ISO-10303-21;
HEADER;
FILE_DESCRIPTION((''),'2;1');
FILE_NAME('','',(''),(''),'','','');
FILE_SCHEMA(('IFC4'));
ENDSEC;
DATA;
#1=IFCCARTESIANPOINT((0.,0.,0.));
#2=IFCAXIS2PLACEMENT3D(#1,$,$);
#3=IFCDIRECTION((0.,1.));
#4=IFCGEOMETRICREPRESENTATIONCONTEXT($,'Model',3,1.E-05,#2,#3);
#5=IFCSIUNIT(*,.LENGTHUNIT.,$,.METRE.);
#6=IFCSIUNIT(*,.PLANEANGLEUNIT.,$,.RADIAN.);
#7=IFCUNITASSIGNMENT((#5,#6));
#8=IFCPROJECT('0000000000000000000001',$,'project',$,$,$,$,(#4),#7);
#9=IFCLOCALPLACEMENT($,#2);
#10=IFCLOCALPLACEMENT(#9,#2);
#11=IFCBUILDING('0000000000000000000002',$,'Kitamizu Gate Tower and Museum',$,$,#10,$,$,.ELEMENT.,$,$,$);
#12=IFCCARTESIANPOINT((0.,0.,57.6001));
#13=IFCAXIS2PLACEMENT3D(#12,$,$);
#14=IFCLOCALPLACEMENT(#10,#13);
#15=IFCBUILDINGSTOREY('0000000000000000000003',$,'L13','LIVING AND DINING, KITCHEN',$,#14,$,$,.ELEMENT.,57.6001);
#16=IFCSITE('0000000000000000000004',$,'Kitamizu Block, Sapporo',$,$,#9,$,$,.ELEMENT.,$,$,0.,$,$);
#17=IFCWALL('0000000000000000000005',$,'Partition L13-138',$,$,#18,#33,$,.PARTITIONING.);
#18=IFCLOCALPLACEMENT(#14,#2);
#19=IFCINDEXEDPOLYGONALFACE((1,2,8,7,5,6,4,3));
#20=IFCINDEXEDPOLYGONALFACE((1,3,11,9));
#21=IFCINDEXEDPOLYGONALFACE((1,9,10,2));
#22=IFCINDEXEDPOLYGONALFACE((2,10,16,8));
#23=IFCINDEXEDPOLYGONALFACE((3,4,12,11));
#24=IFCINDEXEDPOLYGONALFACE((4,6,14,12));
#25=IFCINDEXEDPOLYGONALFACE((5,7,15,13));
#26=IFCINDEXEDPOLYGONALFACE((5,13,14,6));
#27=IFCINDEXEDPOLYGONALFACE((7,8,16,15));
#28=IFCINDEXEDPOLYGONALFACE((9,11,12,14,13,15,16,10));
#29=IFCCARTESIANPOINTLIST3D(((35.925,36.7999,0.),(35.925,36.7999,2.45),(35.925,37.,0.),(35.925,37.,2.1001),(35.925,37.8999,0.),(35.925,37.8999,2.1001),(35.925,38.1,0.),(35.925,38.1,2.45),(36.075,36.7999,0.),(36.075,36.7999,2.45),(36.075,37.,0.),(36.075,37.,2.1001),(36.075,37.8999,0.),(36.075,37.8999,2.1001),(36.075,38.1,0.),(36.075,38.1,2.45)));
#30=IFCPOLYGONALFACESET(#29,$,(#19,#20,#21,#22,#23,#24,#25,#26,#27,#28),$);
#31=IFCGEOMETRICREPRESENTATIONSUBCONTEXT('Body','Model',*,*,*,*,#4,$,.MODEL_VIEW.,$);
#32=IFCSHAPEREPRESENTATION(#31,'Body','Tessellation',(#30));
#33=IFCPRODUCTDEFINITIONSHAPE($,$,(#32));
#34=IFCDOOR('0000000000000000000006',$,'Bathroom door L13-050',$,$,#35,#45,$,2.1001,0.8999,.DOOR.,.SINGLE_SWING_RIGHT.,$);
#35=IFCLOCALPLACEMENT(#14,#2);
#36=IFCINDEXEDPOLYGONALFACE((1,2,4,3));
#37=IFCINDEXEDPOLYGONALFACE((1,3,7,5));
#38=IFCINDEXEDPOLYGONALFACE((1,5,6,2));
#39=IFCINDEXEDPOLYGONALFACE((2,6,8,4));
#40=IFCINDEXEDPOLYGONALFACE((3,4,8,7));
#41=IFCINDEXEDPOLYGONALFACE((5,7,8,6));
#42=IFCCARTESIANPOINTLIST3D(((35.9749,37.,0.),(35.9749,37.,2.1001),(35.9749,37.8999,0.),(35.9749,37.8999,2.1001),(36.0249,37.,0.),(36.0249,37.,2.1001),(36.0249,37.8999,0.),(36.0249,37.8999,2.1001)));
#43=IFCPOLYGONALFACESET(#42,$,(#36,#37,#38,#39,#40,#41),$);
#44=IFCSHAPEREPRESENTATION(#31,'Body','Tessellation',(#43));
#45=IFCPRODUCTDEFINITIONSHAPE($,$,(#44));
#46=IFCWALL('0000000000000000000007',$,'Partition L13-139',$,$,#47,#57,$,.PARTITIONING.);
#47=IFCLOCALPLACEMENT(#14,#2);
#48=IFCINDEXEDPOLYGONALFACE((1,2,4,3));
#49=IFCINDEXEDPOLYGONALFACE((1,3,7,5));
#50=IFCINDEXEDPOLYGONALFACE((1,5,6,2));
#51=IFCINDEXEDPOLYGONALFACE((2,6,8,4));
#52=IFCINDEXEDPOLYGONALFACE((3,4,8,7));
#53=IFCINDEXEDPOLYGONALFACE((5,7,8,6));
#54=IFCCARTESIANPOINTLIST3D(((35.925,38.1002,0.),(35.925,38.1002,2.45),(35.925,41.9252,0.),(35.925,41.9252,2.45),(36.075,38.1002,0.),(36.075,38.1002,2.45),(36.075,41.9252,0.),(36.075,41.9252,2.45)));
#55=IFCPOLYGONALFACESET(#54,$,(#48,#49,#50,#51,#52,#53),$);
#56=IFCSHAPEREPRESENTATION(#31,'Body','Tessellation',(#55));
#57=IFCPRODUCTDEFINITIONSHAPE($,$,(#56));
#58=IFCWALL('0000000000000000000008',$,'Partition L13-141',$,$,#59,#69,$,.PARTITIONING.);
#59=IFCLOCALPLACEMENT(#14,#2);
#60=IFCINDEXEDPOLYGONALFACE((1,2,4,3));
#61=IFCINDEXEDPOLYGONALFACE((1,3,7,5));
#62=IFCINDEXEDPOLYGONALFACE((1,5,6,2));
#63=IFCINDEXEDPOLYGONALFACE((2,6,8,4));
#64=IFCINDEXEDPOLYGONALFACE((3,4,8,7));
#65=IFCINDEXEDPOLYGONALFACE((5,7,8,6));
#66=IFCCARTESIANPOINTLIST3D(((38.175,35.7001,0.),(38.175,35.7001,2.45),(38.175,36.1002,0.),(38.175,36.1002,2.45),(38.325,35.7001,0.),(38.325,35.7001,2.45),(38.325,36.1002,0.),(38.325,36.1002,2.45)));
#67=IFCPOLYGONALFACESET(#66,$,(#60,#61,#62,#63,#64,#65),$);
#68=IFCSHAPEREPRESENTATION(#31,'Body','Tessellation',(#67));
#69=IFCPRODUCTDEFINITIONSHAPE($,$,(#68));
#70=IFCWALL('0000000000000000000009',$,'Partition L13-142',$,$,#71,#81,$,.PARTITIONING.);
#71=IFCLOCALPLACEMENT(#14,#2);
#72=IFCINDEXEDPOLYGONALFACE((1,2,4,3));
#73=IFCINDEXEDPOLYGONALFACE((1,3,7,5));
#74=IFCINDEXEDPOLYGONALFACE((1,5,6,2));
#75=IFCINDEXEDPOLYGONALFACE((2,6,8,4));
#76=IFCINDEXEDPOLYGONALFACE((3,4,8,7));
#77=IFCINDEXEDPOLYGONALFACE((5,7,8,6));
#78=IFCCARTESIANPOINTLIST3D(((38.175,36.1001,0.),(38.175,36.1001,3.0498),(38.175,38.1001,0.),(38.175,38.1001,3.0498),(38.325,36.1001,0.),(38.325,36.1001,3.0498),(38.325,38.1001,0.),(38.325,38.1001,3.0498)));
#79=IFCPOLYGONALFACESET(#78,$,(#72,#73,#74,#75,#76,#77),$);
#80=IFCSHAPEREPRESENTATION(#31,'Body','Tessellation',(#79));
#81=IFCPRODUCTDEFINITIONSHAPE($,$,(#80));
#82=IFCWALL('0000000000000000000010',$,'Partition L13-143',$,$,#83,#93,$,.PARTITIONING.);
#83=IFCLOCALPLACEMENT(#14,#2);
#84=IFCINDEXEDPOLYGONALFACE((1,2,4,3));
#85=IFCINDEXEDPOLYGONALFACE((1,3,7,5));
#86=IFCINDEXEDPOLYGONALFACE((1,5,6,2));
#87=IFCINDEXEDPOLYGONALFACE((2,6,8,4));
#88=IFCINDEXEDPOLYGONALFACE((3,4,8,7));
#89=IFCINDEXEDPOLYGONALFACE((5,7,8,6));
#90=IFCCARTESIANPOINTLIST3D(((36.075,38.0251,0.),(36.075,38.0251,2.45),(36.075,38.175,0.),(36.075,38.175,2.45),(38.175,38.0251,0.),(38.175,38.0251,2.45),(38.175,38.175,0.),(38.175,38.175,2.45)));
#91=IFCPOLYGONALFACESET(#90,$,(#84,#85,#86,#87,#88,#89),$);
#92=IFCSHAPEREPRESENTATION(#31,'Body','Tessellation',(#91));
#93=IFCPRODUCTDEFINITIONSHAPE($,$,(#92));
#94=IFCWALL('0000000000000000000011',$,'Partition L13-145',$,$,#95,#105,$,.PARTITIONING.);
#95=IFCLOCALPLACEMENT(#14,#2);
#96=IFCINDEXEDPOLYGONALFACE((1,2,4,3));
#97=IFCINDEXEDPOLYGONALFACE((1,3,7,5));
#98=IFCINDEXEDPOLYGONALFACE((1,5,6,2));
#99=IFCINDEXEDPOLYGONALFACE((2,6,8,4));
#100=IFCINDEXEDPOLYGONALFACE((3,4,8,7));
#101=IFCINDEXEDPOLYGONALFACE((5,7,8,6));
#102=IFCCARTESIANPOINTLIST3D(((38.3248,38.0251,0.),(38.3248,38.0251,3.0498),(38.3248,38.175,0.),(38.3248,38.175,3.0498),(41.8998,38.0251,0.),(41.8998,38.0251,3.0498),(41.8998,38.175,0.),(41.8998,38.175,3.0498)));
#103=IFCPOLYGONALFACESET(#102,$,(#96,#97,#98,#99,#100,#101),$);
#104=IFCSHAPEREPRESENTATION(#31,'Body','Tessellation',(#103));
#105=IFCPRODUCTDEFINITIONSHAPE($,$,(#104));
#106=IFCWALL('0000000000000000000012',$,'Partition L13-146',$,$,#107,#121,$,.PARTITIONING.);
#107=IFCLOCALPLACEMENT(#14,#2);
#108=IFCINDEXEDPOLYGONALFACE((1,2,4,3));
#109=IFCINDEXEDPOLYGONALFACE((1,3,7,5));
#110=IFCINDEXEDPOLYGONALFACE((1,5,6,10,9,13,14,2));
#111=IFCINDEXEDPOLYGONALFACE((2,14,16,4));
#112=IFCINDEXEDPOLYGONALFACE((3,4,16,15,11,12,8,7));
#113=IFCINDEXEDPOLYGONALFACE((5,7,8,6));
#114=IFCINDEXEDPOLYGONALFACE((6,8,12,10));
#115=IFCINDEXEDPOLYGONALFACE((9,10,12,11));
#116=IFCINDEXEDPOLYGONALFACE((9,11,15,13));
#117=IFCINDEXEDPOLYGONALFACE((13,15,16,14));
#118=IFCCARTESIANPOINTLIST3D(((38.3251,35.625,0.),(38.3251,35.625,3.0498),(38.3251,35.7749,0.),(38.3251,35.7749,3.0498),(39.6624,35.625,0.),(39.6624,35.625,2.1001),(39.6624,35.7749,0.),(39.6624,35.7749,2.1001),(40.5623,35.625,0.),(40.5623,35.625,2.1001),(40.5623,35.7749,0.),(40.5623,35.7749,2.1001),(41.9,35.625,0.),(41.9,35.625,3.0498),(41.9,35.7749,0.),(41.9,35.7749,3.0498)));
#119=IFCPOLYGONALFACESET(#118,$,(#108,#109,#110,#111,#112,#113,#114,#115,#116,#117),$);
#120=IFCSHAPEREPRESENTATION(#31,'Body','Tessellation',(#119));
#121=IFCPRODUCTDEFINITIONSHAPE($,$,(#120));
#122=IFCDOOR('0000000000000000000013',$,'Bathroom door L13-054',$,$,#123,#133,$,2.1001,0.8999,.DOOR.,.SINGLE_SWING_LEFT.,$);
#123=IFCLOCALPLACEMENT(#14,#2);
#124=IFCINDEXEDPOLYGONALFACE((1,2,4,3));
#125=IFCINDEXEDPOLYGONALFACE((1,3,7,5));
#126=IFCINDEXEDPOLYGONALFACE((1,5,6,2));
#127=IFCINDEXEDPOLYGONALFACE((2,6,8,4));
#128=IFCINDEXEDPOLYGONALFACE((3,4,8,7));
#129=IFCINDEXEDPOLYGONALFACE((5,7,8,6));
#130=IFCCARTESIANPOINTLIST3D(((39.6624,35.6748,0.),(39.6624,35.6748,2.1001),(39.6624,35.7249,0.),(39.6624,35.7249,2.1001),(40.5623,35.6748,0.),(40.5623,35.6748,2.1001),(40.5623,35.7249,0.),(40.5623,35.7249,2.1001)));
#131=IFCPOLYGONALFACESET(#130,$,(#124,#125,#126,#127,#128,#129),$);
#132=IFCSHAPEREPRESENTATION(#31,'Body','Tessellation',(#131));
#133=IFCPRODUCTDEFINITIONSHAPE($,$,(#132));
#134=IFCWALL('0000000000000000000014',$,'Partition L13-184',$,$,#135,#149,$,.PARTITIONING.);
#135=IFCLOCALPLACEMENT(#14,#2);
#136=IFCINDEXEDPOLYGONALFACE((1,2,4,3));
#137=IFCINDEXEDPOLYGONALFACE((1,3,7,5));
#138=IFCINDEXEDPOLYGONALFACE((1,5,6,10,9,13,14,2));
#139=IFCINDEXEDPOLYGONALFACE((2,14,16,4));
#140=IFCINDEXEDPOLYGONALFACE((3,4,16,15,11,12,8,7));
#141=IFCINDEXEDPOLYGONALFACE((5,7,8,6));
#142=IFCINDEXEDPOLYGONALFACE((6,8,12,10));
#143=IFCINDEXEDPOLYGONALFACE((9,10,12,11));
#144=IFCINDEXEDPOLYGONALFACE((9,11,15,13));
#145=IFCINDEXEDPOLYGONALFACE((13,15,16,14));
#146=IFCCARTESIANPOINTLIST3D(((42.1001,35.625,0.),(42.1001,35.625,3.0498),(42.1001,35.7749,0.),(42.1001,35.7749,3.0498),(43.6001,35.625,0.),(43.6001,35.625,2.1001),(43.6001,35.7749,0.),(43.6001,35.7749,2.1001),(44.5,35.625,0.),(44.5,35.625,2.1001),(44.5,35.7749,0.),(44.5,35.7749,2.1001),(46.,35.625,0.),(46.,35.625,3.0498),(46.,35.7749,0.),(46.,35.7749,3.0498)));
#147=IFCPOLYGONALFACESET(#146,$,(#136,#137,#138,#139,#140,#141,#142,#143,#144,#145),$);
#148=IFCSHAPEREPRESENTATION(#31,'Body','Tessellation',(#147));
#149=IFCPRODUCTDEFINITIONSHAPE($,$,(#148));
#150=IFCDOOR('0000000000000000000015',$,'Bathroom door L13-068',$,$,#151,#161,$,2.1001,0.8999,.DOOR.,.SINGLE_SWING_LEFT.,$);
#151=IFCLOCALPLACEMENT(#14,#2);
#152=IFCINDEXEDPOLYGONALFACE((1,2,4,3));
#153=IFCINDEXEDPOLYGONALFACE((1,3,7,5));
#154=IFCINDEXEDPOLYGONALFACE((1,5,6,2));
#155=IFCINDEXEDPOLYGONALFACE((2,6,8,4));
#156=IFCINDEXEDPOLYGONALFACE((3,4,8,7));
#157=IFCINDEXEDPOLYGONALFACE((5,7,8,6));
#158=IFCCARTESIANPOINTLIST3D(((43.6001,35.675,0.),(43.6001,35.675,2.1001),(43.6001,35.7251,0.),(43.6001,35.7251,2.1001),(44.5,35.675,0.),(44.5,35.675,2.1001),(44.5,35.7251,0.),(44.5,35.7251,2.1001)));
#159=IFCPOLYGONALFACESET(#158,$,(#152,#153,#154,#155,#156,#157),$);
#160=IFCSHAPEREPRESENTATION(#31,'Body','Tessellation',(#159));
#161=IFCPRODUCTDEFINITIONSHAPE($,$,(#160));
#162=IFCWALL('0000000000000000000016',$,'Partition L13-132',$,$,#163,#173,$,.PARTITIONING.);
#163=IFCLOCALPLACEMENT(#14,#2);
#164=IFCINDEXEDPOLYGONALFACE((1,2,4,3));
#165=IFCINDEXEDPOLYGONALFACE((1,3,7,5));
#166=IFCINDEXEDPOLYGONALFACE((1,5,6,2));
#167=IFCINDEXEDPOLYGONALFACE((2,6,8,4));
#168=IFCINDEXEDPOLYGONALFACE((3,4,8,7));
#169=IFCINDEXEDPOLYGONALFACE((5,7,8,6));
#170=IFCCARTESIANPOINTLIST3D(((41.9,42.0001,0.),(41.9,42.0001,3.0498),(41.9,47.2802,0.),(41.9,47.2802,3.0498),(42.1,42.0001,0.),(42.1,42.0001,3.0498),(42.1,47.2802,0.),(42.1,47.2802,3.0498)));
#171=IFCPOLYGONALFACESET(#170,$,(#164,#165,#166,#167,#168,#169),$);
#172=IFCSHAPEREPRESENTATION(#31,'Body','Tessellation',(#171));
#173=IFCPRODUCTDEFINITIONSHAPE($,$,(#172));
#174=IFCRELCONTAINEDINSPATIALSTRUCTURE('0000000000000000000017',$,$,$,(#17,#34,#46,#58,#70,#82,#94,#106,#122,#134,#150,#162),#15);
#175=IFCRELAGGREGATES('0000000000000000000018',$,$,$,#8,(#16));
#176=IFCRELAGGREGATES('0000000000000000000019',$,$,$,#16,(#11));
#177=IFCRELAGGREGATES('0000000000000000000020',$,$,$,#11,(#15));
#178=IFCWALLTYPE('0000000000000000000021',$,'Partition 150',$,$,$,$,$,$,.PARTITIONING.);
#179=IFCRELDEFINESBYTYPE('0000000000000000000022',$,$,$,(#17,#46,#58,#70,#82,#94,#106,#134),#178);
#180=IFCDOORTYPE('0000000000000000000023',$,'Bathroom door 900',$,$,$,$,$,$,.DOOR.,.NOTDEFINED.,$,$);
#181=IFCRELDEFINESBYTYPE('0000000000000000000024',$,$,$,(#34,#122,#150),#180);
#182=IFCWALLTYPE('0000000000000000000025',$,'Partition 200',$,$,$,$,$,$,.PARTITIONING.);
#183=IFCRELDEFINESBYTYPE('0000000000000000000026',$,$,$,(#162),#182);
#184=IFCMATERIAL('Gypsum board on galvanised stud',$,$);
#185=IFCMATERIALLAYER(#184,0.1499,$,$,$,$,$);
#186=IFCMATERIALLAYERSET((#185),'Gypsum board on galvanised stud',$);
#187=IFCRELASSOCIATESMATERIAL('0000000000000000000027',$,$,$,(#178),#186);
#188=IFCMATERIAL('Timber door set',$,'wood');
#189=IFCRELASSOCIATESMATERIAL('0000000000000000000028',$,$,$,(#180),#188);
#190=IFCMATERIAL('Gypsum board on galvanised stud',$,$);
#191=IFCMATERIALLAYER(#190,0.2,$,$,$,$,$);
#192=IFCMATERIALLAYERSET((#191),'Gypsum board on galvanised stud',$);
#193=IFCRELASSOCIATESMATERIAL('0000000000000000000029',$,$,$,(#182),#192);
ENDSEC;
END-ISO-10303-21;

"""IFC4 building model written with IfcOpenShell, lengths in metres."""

from ifc_helpers import new_model, si_unit, direction, frame, frame_2d, origin, place, context, subcontext, project, spatial, rectangle, extrude, material, layer, layer_set, type_object, element, fill, save


model = new_model("IFC4")

# Units and contexts
model_context = context("Model", 3, precision=1e-05, world=origin(), true_north=direction((0.0, 1.0)))
body_context = subcontext(model_context, "Body", "Model", "MODEL_VIEW")
ifc_project = project(units=[si_unit("LENGTHUNIT", "METRE"), si_unit("PLANEANGLEUNIT", "RADIAN")], contexts=[model_context])

# Site, building, storey
site_placement = place(None, origin())
site = spatial("IfcSite", under=ifc_project, at=site_placement, Name="Kitamizu Block, Sapporo", CompositionType="ELEMENT", RefElevation=0.0)
building_placement = place(site_placement, origin())
building = spatial("IfcBuilding", under=site, at=building_placement, Name="Kitamizu Gate Tower and Museum", CompositionType="ELEMENT")
storey_placement = place(building_placement, frame((0.0, 0.0, 57.6001)))
storey = spatial("IfcBuildingStorey", under=building, at=storey_placement, Name="L13", Description="LIVING AND DINING, KITCHEN", CompositionType="ELEMENT", Elevation=57.6001)

# Wall, opening, door
ifc_material_1 = material(Name="Gypsum board on galvanised stud")
ifc_layer_1 = layer(ifc_material_1, 0.1499)
ifc_layer_set_1 = layer_set([ifc_layer_1], Name="Gypsum board on galvanised stud")
wall_type_1 = type_object("IfcWallType", Name="Partition 150", PredefinedType="PARTITIONING", material=ifc_layer_set_1)
wall_1_placement = place(storey_placement, frame((36.0, 36.8, 0.0), z_axis=(0.0, 0.0, 1.0), x_axis=(0.0, 1.0, 0.0)))
wall_1 = element("IfcWall", 1, at=wall_1_placement, inside=storey, type_object=wall_type_1, Name="Partition L13-138", PredefinedType="PARTITIONING", context=body_context, shape_type="SweptSolid", body=[
    extrude(rectangle(XDim=1.3, YDim=0.1499, at=frame_2d((0.6499, 0.0))), origin(), (0.0, 0.0, 1.0), 2.45),
])
opening_1_placement = place(wall_1_placement, frame((0.2, 0.0, 0.0)))
opening_1 = element("IfcOpeningElement", 2, at=opening_1_placement, cuts=wall_1, PredefinedType="OPENING", context=body_context, shape_type="SweptSolid", body=[
    extrude(rectangle(XDim=0.8999, YDim=2.1001, at=frame_2d((0.45, 1.05))), frame((0.0, 0.085, 0.0), z_axis=(0.0, -1.0, 0.0), x_axis=(1.0, 0.0, 0.0)), (0.0, 0.0, 1.0), 0.1699),
])
ifc_material_2 = material(Name="Timber door set", Category="wood")
door_type_1 = type_object("IfcDoorType", Name="Bathroom door 900", OperationType="NOTDEFINED", PredefinedType="DOOR", material=ifc_material_2)
door_1_placement = place(opening_1_placement, frame((0.8999, 0.0, 0.0), x_axis=(-1.0, 0.0, 0.0)))
door_1 = element("IfcDoor", 3, at=door_1_placement, inside=storey, type_object=door_type_1, Name="Bathroom door L13-050", OperationType="SINGLE_SWING_RIGHT", OverallHeight=2.1001, OverallWidth=0.8999, PredefinedType="DOOR", context=body_context, shape_type="SweptSolid", body=[
    extrude(rectangle(XDim=0.8999, YDim=2.1001, at=frame_2d((0.45, 1.05))), frame((0.0, 0.0249, 0.0), z_axis=(0.0, -1.0, 0.0), x_axis=(1.0, 0.0, 0.0)), (0.0, 0.0, 1.0), 0.05),
])
fill(opening_1, door_1)

# Walls
wall_2_placement = place(storey_placement, frame((36.0, 38.1001, 0.0), z_axis=(0.0, 0.0, 1.0), x_axis=(0.0, 1.0, 0.0)))
element("IfcWall", 4, at=wall_2_placement, inside=storey, type_object=wall_type_1, Name="Partition L13-139", PredefinedType="PARTITIONING", context=body_context, shape_type="SweptSolid", body=[
    extrude(rectangle(XDim=3.825, YDim=0.1499, at=frame_2d((1.9126, 0.0))), origin(), (0.0, 0.0, 1.0), 2.45),
])
wall_3_placement = place(storey_placement, frame((38.25, 35.7, 0.0), z_axis=(0.0, 0.0, 1.0), x_axis=(0.0, 1.0, 0.0)))
element("IfcWall", 5, at=wall_3_placement, inside=storey, type_object=wall_type_1, Name="Partition L13-141", PredefinedType="PARTITIONING", context=body_context, shape_type="SweptSolid", body=[
    extrude(rectangle(XDim=0.4001, YDim=0.1499, at=frame_2d((0.2002, 0.0))), origin(), (0.0, 0.0, 1.0), 2.45),
])
wall_4_placement = place(storey_placement, frame((38.25, 36.1001, 0.0), z_axis=(0.0, 0.0, 1.0), x_axis=(0.0, 1.0, 0.0)))
element("IfcWall", 6, at=wall_4_placement, inside=storey, type_object=wall_type_1, Name="Partition L13-142", PredefinedType="PARTITIONING", context=body_context, shape_type="SweptSolid", body=[
    extrude(rectangle(XDim=2.0, YDim=0.1499, at=frame_2d((1.0, 0.0))), origin(), (0.0, 0.0, 1.0), 3.0498),
])
wall_5_placement = place(storey_placement, frame((38.175, 38.1001, 0.0), z_axis=(0.0, 0.0, 1.0), x_axis=(-1.0, 0.0, 0.0)))
element("IfcWall", 7, at=wall_5_placement, inside=storey, type_object=wall_type_1, Name="Partition L13-143", PredefinedType="PARTITIONING", context=body_context, shape_type="SweptSolid", body=[
    extrude(rectangle(XDim=2.1001, YDim=0.1499, at=frame_2d((1.05, 0.0))), origin(), (0.0, 0.0, 1.0), 2.45),
])
wall_6_placement = place(storey_placement, frame((41.8999, 38.1001, 0.0), z_axis=(0.0, 0.0, 1.0), x_axis=(-1.0, 0.0, 0.0)))
element("IfcWall", 8, at=wall_6_placement, inside=storey, type_object=wall_type_1, Name="Partition L13-145", PredefinedType="PARTITIONING", context=body_context, shape_type="SweptSolid", body=[
    extrude(rectangle(XDim=3.575, YDim=0.1499, at=frame_2d((1.7876, 0.0))), origin(), (0.0, 0.0, 1.0), 3.0498),
])

# Walls, openings, doors
wall_7_placement = place(storey_placement, frame((38.325, 35.7, 0.0), z_axis=(0.0, 0.0, 1.0), x_axis=(1.0, 0.0, 0.0)))
wall_7 = element("IfcWall", 9, at=wall_7_placement, inside=storey, type_object=wall_type_1, Name="Partition L13-146", PredefinedType="PARTITIONING", context=body_context, shape_type="SweptSolid", body=[
    extrude(rectangle(XDim=3.575, YDim=0.1499, at=frame_2d((1.7876, 0.0))), origin(), (0.0, 0.0, 1.0), 3.0498),
])
opening_2_placement = place(wall_7_placement, frame((1.3374, 0.0, 0.0)))
opening_2 = element("IfcOpeningElement", 10, at=opening_2_placement, cuts=wall_7, PredefinedType="OPENING", context=body_context, shape_type="SweptSolid", body=[
    extrude(rectangle(XDim=0.8999, YDim=2.1001, at=frame_2d((0.45, 1.05))), frame((0.0, 0.085, 0.0), z_axis=(0.0, -1.0, 0.0), x_axis=(1.0, 0.0, 0.0)), (0.0, 0.0, 1.0), 0.1699),
])
door_2_placement = place(opening_2_placement, origin())
door_2 = element("IfcDoor", 11, at=door_2_placement, inside=storey, type_object=door_type_1, Name="Bathroom door L13-054", OperationType="SINGLE_SWING_LEFT", OverallHeight=2.1001, OverallWidth=0.8999, PredefinedType="DOOR", context=body_context, shape_type="SweptSolid", body=[
    extrude(rectangle(XDim=0.8999, YDim=2.1001, at=frame_2d((0.45, 1.05))), frame((0.0, 0.0249, 0.0), z_axis=(0.0, -1.0, 0.0), x_axis=(1.0, 0.0, 0.0)), (0.0, 0.0, 1.0), 0.05),
])
fill(opening_2, door_2)
wall_8_placement = place(storey_placement, frame((42.1001, 35.7, 0.0), z_axis=(0.0, 0.0, 1.0), x_axis=(1.0, 0.0, 0.0)))
wall_8 = element("IfcWall", 12, at=wall_8_placement, inside=storey, type_object=wall_type_1, Name="Partition L13-184", PredefinedType="PARTITIONING", context=body_context, shape_type="SweptSolid", body=[
    extrude(rectangle(XDim=3.8999, YDim=0.1499, at=frame_2d((1.95, 0.0))), origin(), (0.0, 0.0, 1.0), 3.0498),
])
opening_3_placement = place(wall_8_placement, frame((1.5, 0.0, 0.0)))
opening_3 = element("IfcOpeningElement", 13, at=opening_3_placement, cuts=wall_8, PredefinedType="OPENING", context=body_context, shape_type="SweptSolid", body=[
    extrude(rectangle(XDim=0.8999, YDim=2.1001, at=frame_2d((0.45, 1.05))), frame((0.0, 0.085, 0.0), z_axis=(0.0, -1.0, 0.0), x_axis=(1.0, 0.0, 0.0)), (0.0, 0.0, 1.0), 0.1699),
])
door_3_placement = place(opening_3_placement, frame((0.8999, 0.0, 0.0), x_axis=(-1.0, 0.0, 0.0)))
door_3 = element("IfcDoor", 14, at=door_3_placement, inside=storey, type_object=door_type_1, Name="Bathroom door L13-068", OperationType="SINGLE_SWING_LEFT", OverallHeight=2.1001, OverallWidth=0.8999, PredefinedType="DOOR", context=body_context, shape_type="SweptSolid", body=[
    extrude(rectangle(XDim=0.8999, YDim=2.1001, at=frame_2d((0.45, 1.05))), frame((0.0, 0.0249, 0.0), z_axis=(0.0, -1.0, 0.0), x_axis=(1.0, 0.0, 0.0)), (0.0, 0.0, 1.0), 0.05),
])
fill(opening_3, door_3)

# Wall
ifc_material_3 = material(Name="Gypsum board on galvanised stud")
ifc_layer_2 = layer(ifc_material_3, 0.2)
ifc_layer_set_2 = layer_set([ifc_layer_2], Name="Gypsum board on galvanised stud")
wall_type_2 = type_object("IfcWallType", Name="Partition 200", PredefinedType="PARTITIONING", material=ifc_layer_set_2)
wall_9_placement = place(storey_placement, frame((42.0, 42.0, 0.0), z_axis=(0.0, 0.0, 1.0), x_axis=(0.0, 1.0, 0.0)))
element("IfcWall", 15, at=wall_9_placement, inside=storey, type_object=wall_type_2, Name="Partition L13-132", PredefinedType="PARTITIONING", context=body_context, shape_type="SweptSolid", body=[
    extrude(rectangle(XDim=5.28, YDim=0.2, at=frame_2d((2.6401, 0.0))), origin(), (0.0, 0.0, 1.0), 3.0498),
])

save(model, "model.ifc")
